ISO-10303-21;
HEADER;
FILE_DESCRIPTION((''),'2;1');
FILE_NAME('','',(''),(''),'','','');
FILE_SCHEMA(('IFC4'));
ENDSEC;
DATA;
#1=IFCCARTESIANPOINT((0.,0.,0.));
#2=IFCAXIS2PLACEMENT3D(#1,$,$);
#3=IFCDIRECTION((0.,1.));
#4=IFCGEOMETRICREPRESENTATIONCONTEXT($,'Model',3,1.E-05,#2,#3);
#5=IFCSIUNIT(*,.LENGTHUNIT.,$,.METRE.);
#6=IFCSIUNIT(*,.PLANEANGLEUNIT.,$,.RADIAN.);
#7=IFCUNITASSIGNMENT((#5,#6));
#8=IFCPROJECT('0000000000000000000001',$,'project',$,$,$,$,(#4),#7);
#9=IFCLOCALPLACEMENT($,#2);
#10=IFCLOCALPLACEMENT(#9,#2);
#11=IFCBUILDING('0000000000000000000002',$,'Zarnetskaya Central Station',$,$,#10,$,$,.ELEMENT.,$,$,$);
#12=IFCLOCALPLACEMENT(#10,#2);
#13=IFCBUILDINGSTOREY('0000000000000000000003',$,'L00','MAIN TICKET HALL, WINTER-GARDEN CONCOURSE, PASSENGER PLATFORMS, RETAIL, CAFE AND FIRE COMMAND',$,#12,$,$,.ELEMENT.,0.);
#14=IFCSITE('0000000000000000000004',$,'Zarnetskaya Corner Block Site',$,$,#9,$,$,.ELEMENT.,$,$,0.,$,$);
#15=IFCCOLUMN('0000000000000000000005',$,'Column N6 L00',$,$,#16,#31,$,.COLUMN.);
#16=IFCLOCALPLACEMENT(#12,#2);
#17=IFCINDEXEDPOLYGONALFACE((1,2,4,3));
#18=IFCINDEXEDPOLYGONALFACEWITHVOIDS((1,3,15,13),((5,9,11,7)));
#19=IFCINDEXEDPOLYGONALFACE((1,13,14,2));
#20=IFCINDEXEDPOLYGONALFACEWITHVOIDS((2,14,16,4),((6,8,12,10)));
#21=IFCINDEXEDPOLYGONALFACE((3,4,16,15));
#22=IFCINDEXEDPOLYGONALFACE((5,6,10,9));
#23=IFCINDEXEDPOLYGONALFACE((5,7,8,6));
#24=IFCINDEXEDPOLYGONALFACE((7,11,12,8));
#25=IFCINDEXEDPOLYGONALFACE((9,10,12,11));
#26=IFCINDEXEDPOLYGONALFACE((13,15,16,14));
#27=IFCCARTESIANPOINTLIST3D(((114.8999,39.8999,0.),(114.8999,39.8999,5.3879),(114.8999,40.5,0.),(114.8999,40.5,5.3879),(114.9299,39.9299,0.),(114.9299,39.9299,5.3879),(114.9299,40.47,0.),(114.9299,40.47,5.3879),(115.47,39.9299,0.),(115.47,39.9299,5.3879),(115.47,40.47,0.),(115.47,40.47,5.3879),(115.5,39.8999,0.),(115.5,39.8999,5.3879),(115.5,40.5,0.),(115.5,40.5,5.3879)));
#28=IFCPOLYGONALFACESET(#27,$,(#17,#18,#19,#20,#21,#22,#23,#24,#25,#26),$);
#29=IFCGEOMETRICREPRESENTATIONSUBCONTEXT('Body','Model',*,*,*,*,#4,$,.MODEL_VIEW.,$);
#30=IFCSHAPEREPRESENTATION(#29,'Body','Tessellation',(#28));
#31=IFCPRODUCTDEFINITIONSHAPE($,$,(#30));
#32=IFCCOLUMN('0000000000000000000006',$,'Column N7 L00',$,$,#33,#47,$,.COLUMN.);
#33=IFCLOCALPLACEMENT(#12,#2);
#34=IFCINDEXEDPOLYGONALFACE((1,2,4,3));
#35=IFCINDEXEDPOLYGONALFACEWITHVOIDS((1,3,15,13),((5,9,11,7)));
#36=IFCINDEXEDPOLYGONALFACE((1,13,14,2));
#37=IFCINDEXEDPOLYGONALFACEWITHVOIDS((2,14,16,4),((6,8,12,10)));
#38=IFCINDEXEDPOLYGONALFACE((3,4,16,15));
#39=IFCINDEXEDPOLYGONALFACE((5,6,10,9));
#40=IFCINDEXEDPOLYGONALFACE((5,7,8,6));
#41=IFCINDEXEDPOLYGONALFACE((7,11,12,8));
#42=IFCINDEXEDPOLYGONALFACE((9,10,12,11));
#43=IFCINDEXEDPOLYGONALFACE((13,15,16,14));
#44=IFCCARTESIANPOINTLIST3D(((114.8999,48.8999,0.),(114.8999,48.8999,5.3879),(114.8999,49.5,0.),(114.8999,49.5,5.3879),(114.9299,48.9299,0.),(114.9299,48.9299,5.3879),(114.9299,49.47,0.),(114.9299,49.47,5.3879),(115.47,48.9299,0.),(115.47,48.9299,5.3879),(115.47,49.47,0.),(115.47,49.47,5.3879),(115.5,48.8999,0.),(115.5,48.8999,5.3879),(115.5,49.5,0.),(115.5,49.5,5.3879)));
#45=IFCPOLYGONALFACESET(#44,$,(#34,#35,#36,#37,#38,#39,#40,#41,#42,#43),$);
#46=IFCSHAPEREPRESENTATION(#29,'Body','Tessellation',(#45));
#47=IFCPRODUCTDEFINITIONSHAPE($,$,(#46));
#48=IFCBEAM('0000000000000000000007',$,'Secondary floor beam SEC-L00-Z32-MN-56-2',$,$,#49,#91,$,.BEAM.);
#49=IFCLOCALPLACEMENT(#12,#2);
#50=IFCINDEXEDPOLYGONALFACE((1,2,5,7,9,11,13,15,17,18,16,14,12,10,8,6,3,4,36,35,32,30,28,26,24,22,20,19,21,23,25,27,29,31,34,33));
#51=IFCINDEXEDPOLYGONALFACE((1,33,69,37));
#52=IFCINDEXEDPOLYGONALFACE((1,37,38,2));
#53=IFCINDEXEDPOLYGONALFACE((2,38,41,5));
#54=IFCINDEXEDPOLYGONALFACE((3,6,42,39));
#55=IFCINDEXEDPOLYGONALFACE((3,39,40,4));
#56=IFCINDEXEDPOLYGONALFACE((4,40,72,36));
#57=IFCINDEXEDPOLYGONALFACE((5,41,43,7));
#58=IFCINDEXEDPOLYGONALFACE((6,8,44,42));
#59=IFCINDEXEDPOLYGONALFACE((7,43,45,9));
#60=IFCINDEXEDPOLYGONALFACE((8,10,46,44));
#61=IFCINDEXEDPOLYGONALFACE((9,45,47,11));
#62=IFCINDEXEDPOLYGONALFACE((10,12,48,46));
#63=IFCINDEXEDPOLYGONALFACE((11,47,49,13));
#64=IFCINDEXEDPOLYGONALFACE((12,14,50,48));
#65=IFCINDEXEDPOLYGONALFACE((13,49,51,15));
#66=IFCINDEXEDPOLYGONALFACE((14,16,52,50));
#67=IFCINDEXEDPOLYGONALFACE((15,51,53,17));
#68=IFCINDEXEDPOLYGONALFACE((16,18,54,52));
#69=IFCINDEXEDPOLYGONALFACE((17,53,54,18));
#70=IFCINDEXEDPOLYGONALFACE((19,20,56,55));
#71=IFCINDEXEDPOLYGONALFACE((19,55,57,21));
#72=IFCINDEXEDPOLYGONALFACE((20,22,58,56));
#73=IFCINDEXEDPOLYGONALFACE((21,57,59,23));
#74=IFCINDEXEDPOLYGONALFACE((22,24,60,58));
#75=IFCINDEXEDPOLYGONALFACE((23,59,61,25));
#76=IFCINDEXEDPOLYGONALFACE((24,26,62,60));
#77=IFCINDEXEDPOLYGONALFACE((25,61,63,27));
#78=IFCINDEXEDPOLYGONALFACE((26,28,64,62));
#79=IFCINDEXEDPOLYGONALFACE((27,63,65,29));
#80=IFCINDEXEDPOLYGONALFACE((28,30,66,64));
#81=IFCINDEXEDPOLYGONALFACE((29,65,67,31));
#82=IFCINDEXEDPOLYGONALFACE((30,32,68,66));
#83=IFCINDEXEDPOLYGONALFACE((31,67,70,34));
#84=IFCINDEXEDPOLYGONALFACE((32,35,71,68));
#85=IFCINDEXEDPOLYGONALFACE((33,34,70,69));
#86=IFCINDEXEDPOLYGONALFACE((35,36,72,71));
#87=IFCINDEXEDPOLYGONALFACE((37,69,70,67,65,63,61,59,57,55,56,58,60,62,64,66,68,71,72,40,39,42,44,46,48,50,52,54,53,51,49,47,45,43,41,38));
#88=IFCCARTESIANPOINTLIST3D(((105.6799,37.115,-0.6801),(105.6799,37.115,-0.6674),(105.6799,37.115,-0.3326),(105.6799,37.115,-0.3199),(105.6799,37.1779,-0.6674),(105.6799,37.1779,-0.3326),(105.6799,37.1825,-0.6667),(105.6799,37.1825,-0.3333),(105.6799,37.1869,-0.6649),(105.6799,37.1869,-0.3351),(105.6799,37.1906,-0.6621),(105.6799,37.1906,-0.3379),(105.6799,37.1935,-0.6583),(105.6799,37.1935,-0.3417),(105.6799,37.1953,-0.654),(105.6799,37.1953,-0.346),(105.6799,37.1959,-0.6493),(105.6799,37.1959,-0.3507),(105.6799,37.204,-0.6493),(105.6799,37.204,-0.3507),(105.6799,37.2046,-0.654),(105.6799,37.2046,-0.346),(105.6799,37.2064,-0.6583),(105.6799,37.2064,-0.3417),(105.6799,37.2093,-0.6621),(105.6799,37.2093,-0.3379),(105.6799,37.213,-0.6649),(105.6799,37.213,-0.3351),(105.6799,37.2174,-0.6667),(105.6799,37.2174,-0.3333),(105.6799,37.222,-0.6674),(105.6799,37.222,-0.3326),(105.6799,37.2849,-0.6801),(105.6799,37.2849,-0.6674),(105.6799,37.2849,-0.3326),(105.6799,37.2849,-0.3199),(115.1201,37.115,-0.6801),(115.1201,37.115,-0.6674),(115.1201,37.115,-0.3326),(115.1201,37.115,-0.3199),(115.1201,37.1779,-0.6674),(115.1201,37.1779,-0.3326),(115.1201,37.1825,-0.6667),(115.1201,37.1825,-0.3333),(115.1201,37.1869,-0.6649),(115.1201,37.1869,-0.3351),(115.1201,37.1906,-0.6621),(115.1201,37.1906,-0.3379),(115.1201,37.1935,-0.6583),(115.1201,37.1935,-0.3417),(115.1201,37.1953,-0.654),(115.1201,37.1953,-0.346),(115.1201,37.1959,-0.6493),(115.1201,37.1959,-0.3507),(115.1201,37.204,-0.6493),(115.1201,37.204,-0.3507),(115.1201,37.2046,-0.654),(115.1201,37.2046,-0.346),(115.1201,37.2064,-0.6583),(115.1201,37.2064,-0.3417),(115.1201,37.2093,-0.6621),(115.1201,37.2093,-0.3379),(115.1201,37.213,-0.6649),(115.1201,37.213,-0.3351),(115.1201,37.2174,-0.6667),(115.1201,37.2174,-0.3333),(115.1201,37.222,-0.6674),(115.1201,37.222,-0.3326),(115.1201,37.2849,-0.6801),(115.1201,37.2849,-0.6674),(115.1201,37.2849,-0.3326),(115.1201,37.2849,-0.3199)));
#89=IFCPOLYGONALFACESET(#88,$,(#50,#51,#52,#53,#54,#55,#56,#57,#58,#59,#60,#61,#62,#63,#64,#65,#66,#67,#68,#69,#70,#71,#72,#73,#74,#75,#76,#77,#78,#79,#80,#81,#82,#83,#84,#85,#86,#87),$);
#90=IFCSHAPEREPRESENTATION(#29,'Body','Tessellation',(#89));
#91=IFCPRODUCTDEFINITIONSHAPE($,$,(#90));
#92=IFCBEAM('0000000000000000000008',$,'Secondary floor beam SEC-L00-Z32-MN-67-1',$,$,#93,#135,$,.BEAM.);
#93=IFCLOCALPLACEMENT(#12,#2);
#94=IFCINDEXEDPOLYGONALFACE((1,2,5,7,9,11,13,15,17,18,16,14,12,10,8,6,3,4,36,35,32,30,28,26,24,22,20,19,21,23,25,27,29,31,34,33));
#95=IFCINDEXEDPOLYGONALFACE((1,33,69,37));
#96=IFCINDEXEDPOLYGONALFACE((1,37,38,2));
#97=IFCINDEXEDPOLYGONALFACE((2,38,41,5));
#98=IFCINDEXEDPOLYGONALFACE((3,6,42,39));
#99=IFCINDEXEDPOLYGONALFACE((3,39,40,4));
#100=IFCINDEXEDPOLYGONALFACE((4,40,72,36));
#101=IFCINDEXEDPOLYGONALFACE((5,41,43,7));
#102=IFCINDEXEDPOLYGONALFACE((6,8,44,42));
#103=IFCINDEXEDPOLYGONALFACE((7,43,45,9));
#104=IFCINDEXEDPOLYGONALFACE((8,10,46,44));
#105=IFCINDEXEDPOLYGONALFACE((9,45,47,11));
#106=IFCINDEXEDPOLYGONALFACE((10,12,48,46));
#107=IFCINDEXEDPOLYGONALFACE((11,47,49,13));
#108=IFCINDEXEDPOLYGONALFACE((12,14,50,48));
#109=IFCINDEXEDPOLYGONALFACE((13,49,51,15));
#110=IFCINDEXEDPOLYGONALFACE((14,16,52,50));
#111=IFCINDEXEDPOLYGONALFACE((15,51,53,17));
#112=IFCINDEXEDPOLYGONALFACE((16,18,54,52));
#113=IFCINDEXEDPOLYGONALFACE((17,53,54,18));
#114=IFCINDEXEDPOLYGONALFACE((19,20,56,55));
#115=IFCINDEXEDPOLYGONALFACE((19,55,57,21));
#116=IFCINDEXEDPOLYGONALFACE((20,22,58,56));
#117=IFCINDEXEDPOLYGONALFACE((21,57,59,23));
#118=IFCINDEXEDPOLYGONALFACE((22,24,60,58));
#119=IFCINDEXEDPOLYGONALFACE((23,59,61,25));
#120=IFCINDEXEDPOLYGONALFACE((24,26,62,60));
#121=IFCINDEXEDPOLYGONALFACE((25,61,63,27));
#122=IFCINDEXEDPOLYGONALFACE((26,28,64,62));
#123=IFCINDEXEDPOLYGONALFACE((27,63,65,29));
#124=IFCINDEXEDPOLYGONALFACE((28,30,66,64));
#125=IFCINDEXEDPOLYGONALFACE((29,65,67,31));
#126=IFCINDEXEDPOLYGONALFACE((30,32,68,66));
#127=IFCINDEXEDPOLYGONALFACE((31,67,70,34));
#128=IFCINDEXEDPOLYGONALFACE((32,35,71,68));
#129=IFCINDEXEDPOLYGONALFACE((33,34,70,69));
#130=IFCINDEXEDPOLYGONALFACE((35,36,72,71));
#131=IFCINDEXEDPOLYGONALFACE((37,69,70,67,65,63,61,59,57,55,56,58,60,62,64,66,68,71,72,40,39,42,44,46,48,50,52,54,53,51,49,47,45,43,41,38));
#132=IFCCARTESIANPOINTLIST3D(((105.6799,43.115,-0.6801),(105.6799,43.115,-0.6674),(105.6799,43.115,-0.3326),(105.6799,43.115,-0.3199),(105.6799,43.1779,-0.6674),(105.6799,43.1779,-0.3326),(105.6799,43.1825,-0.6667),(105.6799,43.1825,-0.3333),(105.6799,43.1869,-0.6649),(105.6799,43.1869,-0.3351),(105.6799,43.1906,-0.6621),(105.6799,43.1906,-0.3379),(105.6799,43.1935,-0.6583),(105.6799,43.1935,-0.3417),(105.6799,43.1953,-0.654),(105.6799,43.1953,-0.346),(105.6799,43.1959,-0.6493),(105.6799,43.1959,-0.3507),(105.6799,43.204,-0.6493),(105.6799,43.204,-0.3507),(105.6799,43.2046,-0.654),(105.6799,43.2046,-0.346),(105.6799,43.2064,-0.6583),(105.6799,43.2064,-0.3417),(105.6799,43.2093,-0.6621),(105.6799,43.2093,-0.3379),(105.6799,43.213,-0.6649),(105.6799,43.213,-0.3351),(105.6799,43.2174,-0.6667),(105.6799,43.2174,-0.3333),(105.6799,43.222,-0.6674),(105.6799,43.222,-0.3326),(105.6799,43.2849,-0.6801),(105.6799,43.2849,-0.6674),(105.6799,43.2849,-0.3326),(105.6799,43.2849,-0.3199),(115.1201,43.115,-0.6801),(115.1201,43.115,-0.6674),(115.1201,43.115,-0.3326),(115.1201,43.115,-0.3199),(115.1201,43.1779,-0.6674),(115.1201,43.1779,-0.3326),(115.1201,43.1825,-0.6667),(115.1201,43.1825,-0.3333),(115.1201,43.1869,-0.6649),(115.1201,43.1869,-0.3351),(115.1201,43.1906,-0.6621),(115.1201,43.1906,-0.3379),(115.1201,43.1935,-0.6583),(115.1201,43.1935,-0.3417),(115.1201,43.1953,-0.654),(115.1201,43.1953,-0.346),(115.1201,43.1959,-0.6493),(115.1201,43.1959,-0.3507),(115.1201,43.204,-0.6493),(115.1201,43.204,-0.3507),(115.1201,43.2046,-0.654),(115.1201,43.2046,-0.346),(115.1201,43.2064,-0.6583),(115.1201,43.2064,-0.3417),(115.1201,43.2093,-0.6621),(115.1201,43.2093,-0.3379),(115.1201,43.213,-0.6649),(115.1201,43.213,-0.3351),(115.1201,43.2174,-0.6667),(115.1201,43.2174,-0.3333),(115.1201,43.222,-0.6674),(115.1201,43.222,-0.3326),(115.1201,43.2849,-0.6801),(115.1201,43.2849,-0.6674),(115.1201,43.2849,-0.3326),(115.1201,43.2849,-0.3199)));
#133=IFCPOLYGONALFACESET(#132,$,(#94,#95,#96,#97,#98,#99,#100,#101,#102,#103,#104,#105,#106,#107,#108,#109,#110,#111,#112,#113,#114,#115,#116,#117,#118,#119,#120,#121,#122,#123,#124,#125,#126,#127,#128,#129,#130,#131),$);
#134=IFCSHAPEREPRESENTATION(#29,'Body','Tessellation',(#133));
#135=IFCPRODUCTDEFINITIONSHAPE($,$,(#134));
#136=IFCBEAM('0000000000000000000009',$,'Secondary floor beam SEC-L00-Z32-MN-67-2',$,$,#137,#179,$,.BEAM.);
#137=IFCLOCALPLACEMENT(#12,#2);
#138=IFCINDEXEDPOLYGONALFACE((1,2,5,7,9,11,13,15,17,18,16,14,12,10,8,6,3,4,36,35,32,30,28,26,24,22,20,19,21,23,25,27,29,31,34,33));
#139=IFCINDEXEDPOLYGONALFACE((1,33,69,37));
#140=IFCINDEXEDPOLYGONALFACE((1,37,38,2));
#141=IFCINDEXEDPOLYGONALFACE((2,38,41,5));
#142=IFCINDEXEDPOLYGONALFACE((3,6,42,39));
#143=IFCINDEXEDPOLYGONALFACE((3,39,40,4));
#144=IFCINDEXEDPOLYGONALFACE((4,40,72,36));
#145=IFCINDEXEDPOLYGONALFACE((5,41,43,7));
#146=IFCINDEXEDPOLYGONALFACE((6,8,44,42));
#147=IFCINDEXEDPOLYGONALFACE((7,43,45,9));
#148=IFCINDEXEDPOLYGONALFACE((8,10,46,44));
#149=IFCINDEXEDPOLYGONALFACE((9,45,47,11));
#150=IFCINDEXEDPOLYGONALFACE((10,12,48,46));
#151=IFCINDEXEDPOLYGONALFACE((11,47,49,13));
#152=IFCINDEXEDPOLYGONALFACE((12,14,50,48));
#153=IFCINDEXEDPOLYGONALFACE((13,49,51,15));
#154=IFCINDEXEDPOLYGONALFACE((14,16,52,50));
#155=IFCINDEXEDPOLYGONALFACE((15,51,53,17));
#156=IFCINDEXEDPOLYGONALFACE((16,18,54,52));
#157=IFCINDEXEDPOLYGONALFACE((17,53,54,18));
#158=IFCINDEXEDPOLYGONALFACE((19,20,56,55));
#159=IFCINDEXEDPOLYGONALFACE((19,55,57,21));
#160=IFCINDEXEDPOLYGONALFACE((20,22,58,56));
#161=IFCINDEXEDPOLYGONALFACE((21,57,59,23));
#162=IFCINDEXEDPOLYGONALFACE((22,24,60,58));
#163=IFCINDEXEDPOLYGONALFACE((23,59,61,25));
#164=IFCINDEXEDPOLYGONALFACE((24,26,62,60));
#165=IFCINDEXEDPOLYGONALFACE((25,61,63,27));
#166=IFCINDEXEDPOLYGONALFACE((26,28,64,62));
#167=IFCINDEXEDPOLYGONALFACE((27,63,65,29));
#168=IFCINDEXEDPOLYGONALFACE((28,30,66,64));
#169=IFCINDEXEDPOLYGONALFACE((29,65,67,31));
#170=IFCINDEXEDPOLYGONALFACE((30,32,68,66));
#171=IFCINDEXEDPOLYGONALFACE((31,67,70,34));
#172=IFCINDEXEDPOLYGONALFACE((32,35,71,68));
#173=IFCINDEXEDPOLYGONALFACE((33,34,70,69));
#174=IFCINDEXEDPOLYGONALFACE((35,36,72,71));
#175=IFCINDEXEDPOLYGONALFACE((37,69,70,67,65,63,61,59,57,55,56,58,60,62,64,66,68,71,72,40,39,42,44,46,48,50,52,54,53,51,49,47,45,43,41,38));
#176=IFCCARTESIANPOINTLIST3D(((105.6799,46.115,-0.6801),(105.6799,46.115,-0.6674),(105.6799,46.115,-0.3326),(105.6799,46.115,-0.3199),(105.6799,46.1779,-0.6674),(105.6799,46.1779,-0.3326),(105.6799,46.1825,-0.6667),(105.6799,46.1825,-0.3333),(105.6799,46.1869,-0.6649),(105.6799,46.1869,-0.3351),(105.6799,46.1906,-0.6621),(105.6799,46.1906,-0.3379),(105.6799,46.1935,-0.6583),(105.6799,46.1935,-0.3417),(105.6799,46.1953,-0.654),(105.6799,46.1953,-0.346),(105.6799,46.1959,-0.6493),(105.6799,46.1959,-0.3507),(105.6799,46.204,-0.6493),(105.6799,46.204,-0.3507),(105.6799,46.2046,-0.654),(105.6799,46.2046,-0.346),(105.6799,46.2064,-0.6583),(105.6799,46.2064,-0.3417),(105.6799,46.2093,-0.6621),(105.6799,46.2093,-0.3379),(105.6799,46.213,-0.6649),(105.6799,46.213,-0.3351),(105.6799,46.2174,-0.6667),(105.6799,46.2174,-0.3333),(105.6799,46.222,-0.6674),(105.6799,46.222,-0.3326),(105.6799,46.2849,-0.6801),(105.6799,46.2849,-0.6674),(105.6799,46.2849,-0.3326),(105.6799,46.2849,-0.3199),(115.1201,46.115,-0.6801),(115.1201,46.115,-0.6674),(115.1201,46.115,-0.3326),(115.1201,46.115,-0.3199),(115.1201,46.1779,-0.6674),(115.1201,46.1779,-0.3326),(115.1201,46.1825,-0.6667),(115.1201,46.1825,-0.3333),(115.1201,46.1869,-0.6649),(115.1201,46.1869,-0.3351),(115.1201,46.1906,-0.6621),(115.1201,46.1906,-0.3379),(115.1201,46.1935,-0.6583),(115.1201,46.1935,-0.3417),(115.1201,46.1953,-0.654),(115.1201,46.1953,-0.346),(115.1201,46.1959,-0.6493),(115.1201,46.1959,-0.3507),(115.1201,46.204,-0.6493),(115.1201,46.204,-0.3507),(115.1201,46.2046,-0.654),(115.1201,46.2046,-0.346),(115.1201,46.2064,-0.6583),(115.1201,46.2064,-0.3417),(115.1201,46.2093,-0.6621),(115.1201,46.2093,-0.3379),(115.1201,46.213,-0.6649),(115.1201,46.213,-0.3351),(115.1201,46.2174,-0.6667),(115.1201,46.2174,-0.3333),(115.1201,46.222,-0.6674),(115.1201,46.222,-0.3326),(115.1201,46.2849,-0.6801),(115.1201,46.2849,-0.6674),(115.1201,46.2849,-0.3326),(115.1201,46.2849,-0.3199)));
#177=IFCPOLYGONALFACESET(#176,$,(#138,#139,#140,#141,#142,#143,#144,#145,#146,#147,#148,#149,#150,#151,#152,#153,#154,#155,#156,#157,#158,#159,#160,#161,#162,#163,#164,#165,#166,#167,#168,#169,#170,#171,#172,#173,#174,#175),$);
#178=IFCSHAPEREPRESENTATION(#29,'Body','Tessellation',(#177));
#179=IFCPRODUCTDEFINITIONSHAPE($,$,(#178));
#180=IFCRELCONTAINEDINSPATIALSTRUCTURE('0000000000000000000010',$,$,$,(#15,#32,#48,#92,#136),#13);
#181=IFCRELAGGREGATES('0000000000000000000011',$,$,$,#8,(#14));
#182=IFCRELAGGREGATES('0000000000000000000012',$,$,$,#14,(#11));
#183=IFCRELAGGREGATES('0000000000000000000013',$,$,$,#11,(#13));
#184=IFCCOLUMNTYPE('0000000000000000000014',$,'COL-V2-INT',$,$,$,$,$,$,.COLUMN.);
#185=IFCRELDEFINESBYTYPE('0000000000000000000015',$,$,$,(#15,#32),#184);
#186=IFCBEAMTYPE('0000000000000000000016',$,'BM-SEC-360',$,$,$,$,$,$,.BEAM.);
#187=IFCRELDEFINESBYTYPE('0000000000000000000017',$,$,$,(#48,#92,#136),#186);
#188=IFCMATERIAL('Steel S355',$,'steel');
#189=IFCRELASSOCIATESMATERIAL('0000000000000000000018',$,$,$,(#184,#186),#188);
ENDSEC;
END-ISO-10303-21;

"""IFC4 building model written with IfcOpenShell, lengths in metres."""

from ifc_helpers import new_model, si_unit, direction, frame, origin, origin_2d, place, context, subcontext, project, spatial, hollow_rectangle, i_section, extrude, material, material_profile, profile_set, type_object, element, save


model = new_model("IFC4")

# Units and contexts
model_context = context("Model", 3, precision=1e-05, world=origin(), true_north=direction((0.0, 1.0)))
body_context = subcontext(model_context, "Body", "Model", "MODEL_VIEW")
ifc_project = project(units=[si_unit("LENGTHUNIT", "METRE"), si_unit("PLANEANGLEUNIT", "RADIAN")], contexts=[model_context])

# Site, building, storey
site_placement = place(None, origin())
site = spatial("IfcSite", under=ifc_project, at=site_placement, Name="Zarnetskaya Corner Block Site", CompositionType="ELEMENT", RefElevation=0.0)
building_placement = place(site_placement, origin())
building = spatial("IfcBuilding", under=site, at=building_placement, Name="Zarnetskaya Central Station", CompositionType="ELEMENT")
storey_placement = place(building_placement, origin())
storey = spatial("IfcBuildingStorey", under=building, at=storey_placement, Name="L00", Description="MAIN TICKET HALL, WINTER-GARDEN CONCOURSE, PASSENGER PLATFORMS, RETAIL, CAFE AND FIRE COMMAND", CompositionType="ELEMENT", Elevation=0.0)

# Columns
ifc_material = material(Name="Steel S355", Category="steel")
ifc_material_profile_1 = material_profile(ifc_material, hollow_rectangle(XDim=0.6001, YDim=0.6001, WallThickness=0.03, at=origin_2d()), Name="BOX 600x600x30")
ifc_profile_set_1 = profile_set([ifc_material_profile_1], Name="Steel S355")
column_type = type_object("IfcColumnType", Name="COL-V2-INT", PredefinedType="COLUMN", material=ifc_profile_set_1)
for number, where, z_axis, x_axis, name in (
    (1, (115.2, 40.2, 0.0), (0.0, 0.0, 1.0), (1.0, 0.0, 0.0), "Column N6 L00"),
    (2, (115.2, 49.2, 0.0), (0.0, 0.0, 1.0), (1.0, 0.0, 0.0), "Column N7 L00"),
):
    element("IfcColumn", number, at=place(storey_placement, frame(where, z_axis=z_axis, x_axis=x_axis)), inside=storey, type_object=column_type, Name=name, PredefinedType="COLUMN", context=body_context, shape_type="SweptSolid", body=[
        extrude(hollow_rectangle(XDim=0.6001, YDim=0.6001, WallThickness=0.03, at=origin_2d()), origin(), (0.0, 0.0, 1.0), 5.3879),
    ])

# Beams
ifc_material_profile_2 = material_profile(ifc_material, i_section(OverallWidth=0.1699, OverallDepth=0.3601, WebThickness=0.0081, FlangeThickness=0.0127, FilletRadius=0.0181, at=origin_2d()), Name="IPE 360")
ifc_profile_set_2 = profile_set([ifc_material_profile_2], Name="Steel S355")
beam_type_1 = type_object("IfcBeamType", Name="BM-SEC-360", PredefinedType="BEAM", material=ifc_profile_set_2)
for number, where, z_axis, x_axis, name in (
    (3, (105.6799, 37.2, -0.5), (1.0, 0.0, 0.0), (0.0, 1.0, 0.0), "Secondary floor beam SEC-L00-Z32-MN-56-2"),
    (4, (105.6799, 43.2, -0.5), (1.0, 0.0, 0.0), (0.0, 1.0, 0.0), "Secondary floor beam SEC-L00-Z32-MN-67-1"),
    (5, (105.6799, 46.2, -0.5), (1.0, 0.0, 0.0), (0.0, 1.0, 0.0), "Secondary floor beam SEC-L00-Z32-MN-67-2"),
):
    element("IfcBeam", number, at=place(storey_placement, frame(where, z_axis=z_axis, x_axis=x_axis)), inside=storey, type_object=beam_type_1, Name=name, PredefinedType="BEAM", context=body_context, shape_type="SweptSolid", body=[
        extrude(i_section(OverallWidth=0.1699, OverallDepth=0.3601, WebThickness=0.0081, FlangeThickness=0.0127, FilletRadius=0.0181, at=origin_2d()), origin(), (0.0, 0.0, 1.0), 9.4402),
    ])

save(model, "model.ifc")
